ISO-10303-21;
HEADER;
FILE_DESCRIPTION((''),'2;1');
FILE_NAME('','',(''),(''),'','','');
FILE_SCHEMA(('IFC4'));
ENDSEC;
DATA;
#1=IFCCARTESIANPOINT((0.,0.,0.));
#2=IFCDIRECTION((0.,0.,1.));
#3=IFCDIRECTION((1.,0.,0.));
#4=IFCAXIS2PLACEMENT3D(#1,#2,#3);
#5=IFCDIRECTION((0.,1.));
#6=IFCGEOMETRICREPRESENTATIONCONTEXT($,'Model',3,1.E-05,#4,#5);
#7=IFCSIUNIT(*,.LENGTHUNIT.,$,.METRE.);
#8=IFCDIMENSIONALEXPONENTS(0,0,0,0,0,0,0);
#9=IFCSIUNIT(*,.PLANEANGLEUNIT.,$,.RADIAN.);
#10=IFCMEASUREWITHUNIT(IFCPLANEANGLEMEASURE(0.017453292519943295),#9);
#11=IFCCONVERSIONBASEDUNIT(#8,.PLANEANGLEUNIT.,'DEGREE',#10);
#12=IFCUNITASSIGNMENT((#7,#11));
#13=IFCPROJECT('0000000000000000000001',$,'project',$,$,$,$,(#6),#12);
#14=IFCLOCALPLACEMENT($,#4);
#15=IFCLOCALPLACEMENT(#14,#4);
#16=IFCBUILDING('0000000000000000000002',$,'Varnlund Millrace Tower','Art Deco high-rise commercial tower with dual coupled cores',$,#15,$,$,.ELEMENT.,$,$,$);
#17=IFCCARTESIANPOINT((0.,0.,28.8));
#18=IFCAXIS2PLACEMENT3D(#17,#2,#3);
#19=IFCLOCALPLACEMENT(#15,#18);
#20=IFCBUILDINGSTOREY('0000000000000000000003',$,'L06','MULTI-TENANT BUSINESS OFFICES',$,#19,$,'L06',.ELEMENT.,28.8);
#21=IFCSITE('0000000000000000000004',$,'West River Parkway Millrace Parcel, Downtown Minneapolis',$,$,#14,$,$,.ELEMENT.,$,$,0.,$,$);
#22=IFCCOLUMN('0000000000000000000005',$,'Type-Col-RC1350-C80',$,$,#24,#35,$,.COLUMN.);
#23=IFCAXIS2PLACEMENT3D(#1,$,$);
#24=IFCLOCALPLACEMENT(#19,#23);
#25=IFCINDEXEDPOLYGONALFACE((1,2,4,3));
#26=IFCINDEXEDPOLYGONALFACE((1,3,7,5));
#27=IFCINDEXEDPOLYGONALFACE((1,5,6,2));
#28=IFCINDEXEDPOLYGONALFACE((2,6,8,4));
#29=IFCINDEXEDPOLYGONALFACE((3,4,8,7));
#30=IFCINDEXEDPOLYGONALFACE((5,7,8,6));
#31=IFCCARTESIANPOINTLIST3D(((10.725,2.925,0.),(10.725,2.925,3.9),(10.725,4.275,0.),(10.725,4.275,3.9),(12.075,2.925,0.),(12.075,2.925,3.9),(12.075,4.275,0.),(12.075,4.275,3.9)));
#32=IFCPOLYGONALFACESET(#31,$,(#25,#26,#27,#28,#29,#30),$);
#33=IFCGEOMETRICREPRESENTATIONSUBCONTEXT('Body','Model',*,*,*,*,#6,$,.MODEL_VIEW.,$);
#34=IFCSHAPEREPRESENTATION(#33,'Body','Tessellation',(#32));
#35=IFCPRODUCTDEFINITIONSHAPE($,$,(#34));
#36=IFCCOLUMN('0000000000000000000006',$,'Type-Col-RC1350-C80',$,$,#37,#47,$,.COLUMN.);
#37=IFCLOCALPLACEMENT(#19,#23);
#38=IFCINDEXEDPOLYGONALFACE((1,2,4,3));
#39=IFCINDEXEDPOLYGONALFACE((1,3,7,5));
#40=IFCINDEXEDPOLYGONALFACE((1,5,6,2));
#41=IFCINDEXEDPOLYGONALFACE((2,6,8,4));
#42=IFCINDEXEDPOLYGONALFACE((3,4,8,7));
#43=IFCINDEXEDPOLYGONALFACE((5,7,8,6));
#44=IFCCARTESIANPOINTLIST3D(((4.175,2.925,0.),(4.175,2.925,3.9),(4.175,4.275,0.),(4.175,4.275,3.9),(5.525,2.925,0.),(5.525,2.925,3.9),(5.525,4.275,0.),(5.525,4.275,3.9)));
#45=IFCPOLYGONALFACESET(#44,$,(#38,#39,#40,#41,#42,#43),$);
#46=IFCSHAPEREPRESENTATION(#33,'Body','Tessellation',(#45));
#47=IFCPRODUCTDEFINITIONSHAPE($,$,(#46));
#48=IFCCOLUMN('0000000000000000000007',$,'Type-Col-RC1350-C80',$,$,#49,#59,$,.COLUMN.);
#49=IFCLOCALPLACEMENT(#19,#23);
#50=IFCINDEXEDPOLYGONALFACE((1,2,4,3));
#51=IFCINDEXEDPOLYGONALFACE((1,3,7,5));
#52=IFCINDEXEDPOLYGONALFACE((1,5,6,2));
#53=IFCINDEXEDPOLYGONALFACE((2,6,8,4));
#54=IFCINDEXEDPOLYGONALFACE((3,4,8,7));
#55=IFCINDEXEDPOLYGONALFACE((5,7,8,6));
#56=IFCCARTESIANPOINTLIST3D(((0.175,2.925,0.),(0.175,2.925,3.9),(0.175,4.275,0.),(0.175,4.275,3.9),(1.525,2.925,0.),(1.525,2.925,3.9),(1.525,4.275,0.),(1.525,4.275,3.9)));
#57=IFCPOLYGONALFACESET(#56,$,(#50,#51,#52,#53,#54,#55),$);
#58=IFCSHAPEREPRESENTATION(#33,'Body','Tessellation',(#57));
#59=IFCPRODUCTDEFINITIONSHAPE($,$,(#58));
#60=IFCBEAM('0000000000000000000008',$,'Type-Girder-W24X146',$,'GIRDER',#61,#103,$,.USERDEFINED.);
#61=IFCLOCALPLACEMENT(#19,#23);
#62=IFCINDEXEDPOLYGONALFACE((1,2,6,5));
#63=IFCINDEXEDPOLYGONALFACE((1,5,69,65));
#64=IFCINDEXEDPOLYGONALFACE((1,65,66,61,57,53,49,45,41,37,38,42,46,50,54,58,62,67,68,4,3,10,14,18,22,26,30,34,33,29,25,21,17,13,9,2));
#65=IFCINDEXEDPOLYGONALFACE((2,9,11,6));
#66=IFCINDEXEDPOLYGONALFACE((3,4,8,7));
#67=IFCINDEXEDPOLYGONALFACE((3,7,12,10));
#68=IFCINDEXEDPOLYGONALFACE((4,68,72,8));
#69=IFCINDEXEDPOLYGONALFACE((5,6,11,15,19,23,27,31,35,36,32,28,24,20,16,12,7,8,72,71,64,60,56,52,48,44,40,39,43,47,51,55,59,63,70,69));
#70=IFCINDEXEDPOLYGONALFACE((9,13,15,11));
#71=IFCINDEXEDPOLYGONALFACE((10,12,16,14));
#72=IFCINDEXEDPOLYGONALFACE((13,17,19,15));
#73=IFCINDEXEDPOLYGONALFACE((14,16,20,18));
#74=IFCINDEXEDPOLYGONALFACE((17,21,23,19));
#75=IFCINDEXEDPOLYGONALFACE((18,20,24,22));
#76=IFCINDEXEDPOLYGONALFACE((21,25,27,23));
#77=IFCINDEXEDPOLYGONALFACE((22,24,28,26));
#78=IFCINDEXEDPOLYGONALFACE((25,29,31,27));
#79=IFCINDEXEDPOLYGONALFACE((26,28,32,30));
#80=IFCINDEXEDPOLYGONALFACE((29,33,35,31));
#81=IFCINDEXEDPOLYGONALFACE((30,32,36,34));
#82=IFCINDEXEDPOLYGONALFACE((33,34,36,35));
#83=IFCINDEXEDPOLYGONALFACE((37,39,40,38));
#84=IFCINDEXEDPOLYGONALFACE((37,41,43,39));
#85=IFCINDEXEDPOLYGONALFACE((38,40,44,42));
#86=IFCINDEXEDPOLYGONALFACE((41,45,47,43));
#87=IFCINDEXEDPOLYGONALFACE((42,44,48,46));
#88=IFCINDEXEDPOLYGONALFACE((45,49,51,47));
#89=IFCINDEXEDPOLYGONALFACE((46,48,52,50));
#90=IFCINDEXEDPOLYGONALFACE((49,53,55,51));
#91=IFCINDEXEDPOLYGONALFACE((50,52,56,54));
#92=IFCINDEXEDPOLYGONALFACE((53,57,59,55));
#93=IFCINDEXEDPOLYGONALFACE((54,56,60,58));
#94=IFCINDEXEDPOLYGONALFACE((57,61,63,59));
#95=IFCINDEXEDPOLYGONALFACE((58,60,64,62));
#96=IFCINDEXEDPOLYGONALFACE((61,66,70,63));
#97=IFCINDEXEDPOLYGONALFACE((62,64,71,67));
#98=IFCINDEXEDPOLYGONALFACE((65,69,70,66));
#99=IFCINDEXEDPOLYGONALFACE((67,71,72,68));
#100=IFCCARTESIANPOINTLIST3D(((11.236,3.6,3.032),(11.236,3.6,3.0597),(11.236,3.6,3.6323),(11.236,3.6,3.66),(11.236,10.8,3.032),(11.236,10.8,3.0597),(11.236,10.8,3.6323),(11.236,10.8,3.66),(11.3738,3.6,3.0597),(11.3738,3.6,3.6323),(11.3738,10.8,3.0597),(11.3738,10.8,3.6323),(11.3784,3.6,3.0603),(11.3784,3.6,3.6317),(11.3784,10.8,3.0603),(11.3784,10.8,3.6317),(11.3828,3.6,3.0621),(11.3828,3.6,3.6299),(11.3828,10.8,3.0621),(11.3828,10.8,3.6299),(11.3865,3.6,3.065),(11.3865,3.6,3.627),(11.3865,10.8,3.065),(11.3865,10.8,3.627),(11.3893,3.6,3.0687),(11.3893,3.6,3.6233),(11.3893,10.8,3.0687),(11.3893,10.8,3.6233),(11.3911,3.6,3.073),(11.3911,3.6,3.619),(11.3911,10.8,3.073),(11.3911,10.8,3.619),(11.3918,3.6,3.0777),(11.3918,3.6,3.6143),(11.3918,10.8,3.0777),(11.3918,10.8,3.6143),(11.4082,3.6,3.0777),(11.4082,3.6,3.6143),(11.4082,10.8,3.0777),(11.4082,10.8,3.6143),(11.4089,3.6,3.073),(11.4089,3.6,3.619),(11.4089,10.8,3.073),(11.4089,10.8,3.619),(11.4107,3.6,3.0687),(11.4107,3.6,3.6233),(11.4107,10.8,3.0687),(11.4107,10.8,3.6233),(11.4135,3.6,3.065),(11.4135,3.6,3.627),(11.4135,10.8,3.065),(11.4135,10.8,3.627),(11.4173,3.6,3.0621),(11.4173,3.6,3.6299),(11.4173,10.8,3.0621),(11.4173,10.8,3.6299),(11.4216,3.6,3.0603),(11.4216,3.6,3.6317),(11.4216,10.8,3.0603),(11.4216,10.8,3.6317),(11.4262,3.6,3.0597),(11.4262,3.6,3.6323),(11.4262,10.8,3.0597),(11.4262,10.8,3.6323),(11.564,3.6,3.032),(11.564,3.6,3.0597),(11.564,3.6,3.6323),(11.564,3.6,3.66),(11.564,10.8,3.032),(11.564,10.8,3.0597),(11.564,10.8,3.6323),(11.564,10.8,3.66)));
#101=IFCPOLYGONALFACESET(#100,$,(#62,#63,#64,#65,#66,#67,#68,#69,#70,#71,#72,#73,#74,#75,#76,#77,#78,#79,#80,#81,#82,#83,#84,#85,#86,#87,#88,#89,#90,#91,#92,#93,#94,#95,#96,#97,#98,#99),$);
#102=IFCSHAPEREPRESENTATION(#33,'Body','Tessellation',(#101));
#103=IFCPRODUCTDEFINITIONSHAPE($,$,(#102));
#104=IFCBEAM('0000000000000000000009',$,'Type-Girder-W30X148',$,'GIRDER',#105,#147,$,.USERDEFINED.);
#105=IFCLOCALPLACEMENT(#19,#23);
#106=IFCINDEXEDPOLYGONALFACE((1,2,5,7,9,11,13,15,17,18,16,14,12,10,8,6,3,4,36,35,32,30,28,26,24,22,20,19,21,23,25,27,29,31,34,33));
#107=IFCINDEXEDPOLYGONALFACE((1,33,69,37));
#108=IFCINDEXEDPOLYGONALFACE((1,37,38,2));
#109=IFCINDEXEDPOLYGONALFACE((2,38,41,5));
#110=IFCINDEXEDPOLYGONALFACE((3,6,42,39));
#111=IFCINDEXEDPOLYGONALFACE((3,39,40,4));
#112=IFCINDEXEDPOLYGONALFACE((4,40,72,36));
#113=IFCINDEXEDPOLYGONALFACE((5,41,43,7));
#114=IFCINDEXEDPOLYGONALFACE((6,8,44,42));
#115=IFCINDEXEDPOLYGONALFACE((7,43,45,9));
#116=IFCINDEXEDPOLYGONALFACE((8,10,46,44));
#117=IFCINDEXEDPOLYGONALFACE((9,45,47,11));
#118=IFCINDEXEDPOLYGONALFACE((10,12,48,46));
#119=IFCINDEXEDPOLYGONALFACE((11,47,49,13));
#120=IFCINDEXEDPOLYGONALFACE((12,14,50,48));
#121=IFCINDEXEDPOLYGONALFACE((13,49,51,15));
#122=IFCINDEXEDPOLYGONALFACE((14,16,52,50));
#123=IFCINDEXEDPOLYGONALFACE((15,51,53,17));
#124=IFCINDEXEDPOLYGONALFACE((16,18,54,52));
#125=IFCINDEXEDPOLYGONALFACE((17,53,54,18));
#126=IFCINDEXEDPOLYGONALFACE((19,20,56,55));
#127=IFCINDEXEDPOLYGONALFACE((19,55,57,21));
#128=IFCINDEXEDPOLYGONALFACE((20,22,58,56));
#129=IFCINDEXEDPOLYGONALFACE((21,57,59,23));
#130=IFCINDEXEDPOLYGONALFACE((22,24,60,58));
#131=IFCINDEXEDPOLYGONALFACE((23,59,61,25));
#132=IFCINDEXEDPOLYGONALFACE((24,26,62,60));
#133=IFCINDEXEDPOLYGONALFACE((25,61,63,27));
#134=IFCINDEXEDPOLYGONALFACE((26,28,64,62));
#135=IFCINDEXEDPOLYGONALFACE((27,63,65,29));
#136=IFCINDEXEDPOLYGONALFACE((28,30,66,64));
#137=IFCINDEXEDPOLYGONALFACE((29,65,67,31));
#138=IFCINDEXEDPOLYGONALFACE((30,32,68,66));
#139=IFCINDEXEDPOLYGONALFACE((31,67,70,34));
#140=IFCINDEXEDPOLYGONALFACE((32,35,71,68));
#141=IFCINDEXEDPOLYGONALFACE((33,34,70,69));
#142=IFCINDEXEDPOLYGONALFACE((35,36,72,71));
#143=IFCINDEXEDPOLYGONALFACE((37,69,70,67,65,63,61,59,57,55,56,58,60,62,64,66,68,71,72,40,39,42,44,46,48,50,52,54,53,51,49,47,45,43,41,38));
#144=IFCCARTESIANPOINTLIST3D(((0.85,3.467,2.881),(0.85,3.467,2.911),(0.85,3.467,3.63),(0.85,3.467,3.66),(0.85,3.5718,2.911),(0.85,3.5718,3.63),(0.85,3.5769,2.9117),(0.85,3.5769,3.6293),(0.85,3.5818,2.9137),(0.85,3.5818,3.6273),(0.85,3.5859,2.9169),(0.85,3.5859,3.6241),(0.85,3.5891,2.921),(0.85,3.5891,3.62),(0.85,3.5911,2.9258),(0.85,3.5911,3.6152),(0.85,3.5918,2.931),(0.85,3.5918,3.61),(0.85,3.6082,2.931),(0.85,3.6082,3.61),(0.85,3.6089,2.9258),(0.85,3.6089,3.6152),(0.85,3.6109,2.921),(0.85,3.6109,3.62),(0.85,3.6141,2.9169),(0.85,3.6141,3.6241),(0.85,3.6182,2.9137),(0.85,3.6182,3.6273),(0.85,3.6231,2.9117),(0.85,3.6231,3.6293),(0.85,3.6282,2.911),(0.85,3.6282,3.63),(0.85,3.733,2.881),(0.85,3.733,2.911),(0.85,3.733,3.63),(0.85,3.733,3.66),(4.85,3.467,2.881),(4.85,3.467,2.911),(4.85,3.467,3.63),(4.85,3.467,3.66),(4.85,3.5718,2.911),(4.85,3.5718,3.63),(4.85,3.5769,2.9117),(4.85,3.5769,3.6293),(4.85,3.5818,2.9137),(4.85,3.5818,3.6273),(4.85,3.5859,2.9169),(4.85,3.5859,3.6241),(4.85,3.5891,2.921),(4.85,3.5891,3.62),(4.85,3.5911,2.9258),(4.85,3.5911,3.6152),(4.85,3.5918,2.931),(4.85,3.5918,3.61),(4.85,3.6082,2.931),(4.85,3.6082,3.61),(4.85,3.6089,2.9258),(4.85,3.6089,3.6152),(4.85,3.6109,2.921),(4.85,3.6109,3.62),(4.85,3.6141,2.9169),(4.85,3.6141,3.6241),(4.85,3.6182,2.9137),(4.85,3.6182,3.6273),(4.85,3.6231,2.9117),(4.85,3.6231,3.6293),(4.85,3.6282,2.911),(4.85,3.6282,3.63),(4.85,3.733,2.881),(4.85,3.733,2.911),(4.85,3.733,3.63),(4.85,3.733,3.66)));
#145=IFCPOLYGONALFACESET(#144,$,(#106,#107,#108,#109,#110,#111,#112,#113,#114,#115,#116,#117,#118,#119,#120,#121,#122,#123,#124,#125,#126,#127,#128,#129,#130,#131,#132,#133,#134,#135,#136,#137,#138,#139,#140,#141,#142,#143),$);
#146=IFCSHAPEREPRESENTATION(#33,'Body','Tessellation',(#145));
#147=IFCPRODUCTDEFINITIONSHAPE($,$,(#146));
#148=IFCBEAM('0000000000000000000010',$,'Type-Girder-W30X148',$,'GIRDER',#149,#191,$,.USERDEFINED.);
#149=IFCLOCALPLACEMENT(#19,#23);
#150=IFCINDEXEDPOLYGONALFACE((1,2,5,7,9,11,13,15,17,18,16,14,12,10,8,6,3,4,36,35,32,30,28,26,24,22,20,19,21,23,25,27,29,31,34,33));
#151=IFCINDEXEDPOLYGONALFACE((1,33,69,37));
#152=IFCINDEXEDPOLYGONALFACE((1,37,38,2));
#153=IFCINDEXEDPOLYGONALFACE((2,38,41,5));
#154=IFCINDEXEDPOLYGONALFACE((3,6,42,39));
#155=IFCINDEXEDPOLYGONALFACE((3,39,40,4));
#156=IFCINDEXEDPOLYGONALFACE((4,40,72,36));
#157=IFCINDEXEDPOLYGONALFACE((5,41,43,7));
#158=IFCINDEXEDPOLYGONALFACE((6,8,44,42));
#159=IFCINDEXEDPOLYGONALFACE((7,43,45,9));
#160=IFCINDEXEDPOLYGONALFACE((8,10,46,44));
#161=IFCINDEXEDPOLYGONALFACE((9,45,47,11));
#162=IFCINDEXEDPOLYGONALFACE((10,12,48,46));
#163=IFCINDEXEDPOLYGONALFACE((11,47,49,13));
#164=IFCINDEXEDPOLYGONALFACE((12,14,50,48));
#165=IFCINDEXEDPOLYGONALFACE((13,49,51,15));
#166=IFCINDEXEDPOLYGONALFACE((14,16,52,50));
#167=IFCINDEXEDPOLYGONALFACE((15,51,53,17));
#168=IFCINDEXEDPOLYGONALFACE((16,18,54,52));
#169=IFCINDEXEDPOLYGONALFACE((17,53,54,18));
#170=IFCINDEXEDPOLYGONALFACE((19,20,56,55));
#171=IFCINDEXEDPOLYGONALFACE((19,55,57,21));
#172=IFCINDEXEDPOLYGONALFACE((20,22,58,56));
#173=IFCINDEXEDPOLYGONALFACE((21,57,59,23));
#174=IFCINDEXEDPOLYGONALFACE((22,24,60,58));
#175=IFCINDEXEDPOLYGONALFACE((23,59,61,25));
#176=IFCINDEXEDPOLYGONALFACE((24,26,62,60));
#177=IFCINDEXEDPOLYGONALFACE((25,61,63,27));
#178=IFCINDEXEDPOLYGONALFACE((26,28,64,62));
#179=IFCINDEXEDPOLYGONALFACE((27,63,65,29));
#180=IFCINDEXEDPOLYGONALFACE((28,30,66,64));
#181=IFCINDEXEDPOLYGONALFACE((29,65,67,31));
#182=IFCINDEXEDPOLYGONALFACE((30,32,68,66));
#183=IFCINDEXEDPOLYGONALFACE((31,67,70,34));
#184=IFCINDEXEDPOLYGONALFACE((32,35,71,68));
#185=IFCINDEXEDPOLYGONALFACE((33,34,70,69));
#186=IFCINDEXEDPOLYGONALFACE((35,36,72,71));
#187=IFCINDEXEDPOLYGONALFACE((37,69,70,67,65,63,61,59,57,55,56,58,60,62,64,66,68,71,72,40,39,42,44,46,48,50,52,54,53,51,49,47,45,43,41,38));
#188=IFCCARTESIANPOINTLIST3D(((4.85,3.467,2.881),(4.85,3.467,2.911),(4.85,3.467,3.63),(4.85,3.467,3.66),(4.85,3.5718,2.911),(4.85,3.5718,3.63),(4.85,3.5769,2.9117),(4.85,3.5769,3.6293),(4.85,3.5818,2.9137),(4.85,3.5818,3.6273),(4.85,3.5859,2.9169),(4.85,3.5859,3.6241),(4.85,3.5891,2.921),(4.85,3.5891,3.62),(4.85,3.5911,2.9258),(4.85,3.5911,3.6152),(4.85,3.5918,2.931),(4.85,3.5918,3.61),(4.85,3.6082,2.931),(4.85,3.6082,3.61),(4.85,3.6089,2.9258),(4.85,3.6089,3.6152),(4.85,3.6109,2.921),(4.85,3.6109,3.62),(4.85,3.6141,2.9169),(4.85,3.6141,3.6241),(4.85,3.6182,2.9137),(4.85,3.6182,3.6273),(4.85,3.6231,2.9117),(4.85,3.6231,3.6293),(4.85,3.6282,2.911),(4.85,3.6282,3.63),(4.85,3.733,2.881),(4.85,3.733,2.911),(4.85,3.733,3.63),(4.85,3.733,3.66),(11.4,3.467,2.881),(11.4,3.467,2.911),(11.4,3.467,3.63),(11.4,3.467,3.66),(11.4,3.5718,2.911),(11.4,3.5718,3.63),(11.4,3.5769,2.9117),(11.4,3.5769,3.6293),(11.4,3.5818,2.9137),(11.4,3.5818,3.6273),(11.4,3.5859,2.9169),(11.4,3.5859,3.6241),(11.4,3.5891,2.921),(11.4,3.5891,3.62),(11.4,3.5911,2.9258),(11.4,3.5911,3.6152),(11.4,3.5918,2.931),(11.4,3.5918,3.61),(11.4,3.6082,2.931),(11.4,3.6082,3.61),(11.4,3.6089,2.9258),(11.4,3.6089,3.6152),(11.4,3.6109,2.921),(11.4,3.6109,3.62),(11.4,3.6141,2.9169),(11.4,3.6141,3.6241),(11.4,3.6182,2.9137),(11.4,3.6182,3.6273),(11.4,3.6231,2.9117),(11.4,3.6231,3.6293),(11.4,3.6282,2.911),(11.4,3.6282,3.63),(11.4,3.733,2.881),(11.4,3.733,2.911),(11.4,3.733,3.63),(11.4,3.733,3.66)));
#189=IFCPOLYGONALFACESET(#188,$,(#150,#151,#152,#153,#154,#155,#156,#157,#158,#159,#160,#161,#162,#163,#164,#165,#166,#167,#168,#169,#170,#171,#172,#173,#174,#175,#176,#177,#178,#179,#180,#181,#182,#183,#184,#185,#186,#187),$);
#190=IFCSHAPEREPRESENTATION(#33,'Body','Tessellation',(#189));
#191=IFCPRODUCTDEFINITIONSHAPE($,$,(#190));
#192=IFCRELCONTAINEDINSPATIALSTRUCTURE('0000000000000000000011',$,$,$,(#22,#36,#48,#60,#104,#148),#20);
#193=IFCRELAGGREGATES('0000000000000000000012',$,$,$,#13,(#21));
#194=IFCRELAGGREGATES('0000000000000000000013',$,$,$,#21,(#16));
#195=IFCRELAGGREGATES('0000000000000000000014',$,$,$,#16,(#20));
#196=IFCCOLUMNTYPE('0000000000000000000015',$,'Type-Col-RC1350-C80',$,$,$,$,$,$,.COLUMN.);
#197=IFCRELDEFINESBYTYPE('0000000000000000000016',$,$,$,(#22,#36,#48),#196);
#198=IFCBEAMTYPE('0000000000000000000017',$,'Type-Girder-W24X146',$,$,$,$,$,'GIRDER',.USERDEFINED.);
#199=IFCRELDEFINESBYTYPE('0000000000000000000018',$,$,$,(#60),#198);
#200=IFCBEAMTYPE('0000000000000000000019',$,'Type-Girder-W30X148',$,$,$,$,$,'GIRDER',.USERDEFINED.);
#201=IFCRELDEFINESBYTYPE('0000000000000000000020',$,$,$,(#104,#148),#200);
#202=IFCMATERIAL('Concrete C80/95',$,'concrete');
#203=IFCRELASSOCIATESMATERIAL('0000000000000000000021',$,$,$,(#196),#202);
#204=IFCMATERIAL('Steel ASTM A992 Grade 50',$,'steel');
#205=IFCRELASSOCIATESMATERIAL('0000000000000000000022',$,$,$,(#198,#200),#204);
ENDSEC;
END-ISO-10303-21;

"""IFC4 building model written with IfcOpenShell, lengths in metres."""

from ifc_helpers import new_model, entity, si_unit, converted_unit, direction, frame, origin_with_axes, origin_2d_with_axis, place, context, subcontext, project, spatial, rectangle, i_section, extrude, material, material_profile, profile_set, type_object, element, save


model = new_model("IFC4")

# Units and contexts
model_context = context("Model", 3, precision=1e-05, world=origin_with_axes(), true_north=direction((0.0, 1.0)))
body_context = subcontext(model_context, "Body", "Model", "MODEL_VIEW")
ifc_project = project(units=[si_unit("LENGTHUNIT", "METRE"), converted_unit("PLANEANGLEUNIT", "DEGREE", entity("IfcPlaneAngleMeasure", 0.017453292519943295), si_unit("PLANEANGLEUNIT", "RADIAN"), dimensions=[0, 0, 0, 0, 0, 0, 0])], contexts=[model_context])

# Site, building, storey
site_placement = place(None, origin_with_axes())
site = spatial("IfcSite", under=ifc_project, at=site_placement, Name="West River Parkway Millrace Parcel, Downtown Minneapolis", CompositionType="ELEMENT", RefElevation=0.0)
building_placement = place(site_placement, origin_with_axes())
building = spatial("IfcBuilding", under=site, at=building_placement, Name="Varnlund Millrace Tower", Description="Art Deco high-rise commercial tower with dual coupled cores", CompositionType="ELEMENT")
storey_placement = place(building_placement, frame((0.0, 0.0, 28.8), z_axis=(0.0, 0.0, 1.0), x_axis=(1.0, 0.0, 0.0)))
storey = spatial("IfcBuildingStorey", under=building, at=storey_placement, Name="L06", Description="MULTI-TENANT BUSINESS OFFICES", LongName="L06", CompositionType="ELEMENT", Elevation=28.8)

# Columns
ifc_material_1 = material(Name="Concrete C80/95", Category="concrete")
ifc_material_profile_1 = material_profile(ifc_material_1, rectangle(XDim=1.35, YDim=1.35, at=origin_2d_with_axis()), Name="Concrete C80/95")
ifc_profile_set_1 = profile_set([ifc_material_profile_1], Name="Concrete C80/95")
column_type = type_object("IfcColumnType", Name="Type-Col-RC1350-C80", PredefinedType="COLUMN", material=ifc_profile_set_1)
for number, where, z_axis, x_axis, name in (
    (1, (11.4, 3.6, 0.0), (0.0, 0.0, 1.0), (1.0, 0.0, 0.0), "Type-Col-RC1350-C80"),
    (2, (4.85, 3.6, 0.0), (0.0, 0.0, 1.0), (1.0, 0.0, 0.0), "Type-Col-RC1350-C80"),
    (3, (0.85, 3.6, 0.0), (0.0, 0.0, 1.0), (1.0, 0.0, 0.0), "Type-Col-RC1350-C80"),
):
    element("IfcColumn", number, at=place(storey_placement, frame(where, z_axis=z_axis, x_axis=x_axis)), inside=storey, type_object=column_type, Name=name, PredefinedType="COLUMN", context=body_context, shape_type="SweptSolid", body=[
        extrude(rectangle(XDim=1.35, YDim=1.35, at=origin_2d_with_axis()), origin_with_axes(), (0.0, 0.0, 1.0), 3.9),
    ])

# Beams
ifc_material_2 = material(Name="Steel ASTM A992 Grade 50", Category="steel")
ifc_material_profile_2 = material_profile(ifc_material_2, i_section(OverallWidth=0.328, OverallDepth=0.628, WebThickness=0.0165, FlangeThickness=0.0277, FilletRadius=0.018, at=origin_2d_with_axis()), Name="Steel ASTM A992 Grade 50")
ifc_profile_set_2 = profile_set([ifc_material_profile_2], Name="Steel ASTM A992 Grade 50")
beam_type_1 = type_object("IfcBeamType", Name="Type-Girder-W24X146", ElementType="GIRDER", PredefinedType="USERDEFINED", material=ifc_profile_set_2)
beam_1_placement = place(storey_placement, frame((11.4, 3.6, 3.346), z_axis=(0.0, 1.0, 0.0), x_axis=(-1.0, 0.0, 0.0)))
element("IfcBeam", 4, at=beam_1_placement, inside=storey, type_object=beam_type_1, Name="Type-Girder-W24X146", ObjectType="GIRDER", PredefinedType="USERDEFINED", context=body_context, shape_type="SweptSolid", body=[
    extrude(i_section(OverallWidth=0.328, OverallDepth=0.628, WebThickness=0.0165, FlangeThickness=0.0277, FilletRadius=0.018, at=origin_2d_with_axis()), origin_with_axes(), (0.0, 0.0, 1.0), 7.2),
])
ifc_material_profile_3 = material_profile(ifc_material_2, i_section(OverallWidth=0.266, OverallDepth=0.779, WebThickness=0.0165, FlangeThickness=0.03, FilletRadius=0.02, at=origin_2d_with_axis()), Name="Steel ASTM A992 Grade 50")
ifc_profile_set_3 = profile_set([ifc_material_profile_3], Name="Steel ASTM A992 Grade 50")
beam_type_2 = type_object("IfcBeamType", Name="Type-Girder-W30X148", ElementType="GIRDER", PredefinedType="USERDEFINED", material=ifc_profile_set_3)
beam_2_placement = place(storey_placement, frame((0.85, 3.6, 3.2705), z_axis=(1.0, 0.0, 0.0), x_axis=(0.0, 1.0, 0.0)))
element("IfcBeam", 5, at=beam_2_placement, inside=storey, type_object=beam_type_2, Name="Type-Girder-W30X148", ObjectType="GIRDER", PredefinedType="USERDEFINED", context=body_context, shape_type="SweptSolid", body=[
    extrude(i_section(OverallWidth=0.266, OverallDepth=0.779, WebThickness=0.0165, FlangeThickness=0.03, FilletRadius=0.02, at=origin_2d_with_axis()), origin_with_axes(), (0.0, 0.0, 1.0), 4.0),
])
beam_3_placement = place(storey_placement, frame((4.85, 3.6, 3.2705), z_axis=(1.0, 0.0, 0.0), x_axis=(0.0, 1.0, 0.0)))
element("IfcBeam", 6, at=beam_3_placement, inside=storey, type_object=beam_type_2, Name="Type-Girder-W30X148", ObjectType="GIRDER", PredefinedType="USERDEFINED", context=body_context, shape_type="SweptSolid", body=[
    extrude(i_section(OverallWidth=0.266, OverallDepth=0.779, WebThickness=0.0165, FlangeThickness=0.03, FilletRadius=0.02, at=origin_2d_with_axis()), origin_with_axes(), (0.0, 0.0, 1.0), 6.55),
])

save(model, "model.ifc")
